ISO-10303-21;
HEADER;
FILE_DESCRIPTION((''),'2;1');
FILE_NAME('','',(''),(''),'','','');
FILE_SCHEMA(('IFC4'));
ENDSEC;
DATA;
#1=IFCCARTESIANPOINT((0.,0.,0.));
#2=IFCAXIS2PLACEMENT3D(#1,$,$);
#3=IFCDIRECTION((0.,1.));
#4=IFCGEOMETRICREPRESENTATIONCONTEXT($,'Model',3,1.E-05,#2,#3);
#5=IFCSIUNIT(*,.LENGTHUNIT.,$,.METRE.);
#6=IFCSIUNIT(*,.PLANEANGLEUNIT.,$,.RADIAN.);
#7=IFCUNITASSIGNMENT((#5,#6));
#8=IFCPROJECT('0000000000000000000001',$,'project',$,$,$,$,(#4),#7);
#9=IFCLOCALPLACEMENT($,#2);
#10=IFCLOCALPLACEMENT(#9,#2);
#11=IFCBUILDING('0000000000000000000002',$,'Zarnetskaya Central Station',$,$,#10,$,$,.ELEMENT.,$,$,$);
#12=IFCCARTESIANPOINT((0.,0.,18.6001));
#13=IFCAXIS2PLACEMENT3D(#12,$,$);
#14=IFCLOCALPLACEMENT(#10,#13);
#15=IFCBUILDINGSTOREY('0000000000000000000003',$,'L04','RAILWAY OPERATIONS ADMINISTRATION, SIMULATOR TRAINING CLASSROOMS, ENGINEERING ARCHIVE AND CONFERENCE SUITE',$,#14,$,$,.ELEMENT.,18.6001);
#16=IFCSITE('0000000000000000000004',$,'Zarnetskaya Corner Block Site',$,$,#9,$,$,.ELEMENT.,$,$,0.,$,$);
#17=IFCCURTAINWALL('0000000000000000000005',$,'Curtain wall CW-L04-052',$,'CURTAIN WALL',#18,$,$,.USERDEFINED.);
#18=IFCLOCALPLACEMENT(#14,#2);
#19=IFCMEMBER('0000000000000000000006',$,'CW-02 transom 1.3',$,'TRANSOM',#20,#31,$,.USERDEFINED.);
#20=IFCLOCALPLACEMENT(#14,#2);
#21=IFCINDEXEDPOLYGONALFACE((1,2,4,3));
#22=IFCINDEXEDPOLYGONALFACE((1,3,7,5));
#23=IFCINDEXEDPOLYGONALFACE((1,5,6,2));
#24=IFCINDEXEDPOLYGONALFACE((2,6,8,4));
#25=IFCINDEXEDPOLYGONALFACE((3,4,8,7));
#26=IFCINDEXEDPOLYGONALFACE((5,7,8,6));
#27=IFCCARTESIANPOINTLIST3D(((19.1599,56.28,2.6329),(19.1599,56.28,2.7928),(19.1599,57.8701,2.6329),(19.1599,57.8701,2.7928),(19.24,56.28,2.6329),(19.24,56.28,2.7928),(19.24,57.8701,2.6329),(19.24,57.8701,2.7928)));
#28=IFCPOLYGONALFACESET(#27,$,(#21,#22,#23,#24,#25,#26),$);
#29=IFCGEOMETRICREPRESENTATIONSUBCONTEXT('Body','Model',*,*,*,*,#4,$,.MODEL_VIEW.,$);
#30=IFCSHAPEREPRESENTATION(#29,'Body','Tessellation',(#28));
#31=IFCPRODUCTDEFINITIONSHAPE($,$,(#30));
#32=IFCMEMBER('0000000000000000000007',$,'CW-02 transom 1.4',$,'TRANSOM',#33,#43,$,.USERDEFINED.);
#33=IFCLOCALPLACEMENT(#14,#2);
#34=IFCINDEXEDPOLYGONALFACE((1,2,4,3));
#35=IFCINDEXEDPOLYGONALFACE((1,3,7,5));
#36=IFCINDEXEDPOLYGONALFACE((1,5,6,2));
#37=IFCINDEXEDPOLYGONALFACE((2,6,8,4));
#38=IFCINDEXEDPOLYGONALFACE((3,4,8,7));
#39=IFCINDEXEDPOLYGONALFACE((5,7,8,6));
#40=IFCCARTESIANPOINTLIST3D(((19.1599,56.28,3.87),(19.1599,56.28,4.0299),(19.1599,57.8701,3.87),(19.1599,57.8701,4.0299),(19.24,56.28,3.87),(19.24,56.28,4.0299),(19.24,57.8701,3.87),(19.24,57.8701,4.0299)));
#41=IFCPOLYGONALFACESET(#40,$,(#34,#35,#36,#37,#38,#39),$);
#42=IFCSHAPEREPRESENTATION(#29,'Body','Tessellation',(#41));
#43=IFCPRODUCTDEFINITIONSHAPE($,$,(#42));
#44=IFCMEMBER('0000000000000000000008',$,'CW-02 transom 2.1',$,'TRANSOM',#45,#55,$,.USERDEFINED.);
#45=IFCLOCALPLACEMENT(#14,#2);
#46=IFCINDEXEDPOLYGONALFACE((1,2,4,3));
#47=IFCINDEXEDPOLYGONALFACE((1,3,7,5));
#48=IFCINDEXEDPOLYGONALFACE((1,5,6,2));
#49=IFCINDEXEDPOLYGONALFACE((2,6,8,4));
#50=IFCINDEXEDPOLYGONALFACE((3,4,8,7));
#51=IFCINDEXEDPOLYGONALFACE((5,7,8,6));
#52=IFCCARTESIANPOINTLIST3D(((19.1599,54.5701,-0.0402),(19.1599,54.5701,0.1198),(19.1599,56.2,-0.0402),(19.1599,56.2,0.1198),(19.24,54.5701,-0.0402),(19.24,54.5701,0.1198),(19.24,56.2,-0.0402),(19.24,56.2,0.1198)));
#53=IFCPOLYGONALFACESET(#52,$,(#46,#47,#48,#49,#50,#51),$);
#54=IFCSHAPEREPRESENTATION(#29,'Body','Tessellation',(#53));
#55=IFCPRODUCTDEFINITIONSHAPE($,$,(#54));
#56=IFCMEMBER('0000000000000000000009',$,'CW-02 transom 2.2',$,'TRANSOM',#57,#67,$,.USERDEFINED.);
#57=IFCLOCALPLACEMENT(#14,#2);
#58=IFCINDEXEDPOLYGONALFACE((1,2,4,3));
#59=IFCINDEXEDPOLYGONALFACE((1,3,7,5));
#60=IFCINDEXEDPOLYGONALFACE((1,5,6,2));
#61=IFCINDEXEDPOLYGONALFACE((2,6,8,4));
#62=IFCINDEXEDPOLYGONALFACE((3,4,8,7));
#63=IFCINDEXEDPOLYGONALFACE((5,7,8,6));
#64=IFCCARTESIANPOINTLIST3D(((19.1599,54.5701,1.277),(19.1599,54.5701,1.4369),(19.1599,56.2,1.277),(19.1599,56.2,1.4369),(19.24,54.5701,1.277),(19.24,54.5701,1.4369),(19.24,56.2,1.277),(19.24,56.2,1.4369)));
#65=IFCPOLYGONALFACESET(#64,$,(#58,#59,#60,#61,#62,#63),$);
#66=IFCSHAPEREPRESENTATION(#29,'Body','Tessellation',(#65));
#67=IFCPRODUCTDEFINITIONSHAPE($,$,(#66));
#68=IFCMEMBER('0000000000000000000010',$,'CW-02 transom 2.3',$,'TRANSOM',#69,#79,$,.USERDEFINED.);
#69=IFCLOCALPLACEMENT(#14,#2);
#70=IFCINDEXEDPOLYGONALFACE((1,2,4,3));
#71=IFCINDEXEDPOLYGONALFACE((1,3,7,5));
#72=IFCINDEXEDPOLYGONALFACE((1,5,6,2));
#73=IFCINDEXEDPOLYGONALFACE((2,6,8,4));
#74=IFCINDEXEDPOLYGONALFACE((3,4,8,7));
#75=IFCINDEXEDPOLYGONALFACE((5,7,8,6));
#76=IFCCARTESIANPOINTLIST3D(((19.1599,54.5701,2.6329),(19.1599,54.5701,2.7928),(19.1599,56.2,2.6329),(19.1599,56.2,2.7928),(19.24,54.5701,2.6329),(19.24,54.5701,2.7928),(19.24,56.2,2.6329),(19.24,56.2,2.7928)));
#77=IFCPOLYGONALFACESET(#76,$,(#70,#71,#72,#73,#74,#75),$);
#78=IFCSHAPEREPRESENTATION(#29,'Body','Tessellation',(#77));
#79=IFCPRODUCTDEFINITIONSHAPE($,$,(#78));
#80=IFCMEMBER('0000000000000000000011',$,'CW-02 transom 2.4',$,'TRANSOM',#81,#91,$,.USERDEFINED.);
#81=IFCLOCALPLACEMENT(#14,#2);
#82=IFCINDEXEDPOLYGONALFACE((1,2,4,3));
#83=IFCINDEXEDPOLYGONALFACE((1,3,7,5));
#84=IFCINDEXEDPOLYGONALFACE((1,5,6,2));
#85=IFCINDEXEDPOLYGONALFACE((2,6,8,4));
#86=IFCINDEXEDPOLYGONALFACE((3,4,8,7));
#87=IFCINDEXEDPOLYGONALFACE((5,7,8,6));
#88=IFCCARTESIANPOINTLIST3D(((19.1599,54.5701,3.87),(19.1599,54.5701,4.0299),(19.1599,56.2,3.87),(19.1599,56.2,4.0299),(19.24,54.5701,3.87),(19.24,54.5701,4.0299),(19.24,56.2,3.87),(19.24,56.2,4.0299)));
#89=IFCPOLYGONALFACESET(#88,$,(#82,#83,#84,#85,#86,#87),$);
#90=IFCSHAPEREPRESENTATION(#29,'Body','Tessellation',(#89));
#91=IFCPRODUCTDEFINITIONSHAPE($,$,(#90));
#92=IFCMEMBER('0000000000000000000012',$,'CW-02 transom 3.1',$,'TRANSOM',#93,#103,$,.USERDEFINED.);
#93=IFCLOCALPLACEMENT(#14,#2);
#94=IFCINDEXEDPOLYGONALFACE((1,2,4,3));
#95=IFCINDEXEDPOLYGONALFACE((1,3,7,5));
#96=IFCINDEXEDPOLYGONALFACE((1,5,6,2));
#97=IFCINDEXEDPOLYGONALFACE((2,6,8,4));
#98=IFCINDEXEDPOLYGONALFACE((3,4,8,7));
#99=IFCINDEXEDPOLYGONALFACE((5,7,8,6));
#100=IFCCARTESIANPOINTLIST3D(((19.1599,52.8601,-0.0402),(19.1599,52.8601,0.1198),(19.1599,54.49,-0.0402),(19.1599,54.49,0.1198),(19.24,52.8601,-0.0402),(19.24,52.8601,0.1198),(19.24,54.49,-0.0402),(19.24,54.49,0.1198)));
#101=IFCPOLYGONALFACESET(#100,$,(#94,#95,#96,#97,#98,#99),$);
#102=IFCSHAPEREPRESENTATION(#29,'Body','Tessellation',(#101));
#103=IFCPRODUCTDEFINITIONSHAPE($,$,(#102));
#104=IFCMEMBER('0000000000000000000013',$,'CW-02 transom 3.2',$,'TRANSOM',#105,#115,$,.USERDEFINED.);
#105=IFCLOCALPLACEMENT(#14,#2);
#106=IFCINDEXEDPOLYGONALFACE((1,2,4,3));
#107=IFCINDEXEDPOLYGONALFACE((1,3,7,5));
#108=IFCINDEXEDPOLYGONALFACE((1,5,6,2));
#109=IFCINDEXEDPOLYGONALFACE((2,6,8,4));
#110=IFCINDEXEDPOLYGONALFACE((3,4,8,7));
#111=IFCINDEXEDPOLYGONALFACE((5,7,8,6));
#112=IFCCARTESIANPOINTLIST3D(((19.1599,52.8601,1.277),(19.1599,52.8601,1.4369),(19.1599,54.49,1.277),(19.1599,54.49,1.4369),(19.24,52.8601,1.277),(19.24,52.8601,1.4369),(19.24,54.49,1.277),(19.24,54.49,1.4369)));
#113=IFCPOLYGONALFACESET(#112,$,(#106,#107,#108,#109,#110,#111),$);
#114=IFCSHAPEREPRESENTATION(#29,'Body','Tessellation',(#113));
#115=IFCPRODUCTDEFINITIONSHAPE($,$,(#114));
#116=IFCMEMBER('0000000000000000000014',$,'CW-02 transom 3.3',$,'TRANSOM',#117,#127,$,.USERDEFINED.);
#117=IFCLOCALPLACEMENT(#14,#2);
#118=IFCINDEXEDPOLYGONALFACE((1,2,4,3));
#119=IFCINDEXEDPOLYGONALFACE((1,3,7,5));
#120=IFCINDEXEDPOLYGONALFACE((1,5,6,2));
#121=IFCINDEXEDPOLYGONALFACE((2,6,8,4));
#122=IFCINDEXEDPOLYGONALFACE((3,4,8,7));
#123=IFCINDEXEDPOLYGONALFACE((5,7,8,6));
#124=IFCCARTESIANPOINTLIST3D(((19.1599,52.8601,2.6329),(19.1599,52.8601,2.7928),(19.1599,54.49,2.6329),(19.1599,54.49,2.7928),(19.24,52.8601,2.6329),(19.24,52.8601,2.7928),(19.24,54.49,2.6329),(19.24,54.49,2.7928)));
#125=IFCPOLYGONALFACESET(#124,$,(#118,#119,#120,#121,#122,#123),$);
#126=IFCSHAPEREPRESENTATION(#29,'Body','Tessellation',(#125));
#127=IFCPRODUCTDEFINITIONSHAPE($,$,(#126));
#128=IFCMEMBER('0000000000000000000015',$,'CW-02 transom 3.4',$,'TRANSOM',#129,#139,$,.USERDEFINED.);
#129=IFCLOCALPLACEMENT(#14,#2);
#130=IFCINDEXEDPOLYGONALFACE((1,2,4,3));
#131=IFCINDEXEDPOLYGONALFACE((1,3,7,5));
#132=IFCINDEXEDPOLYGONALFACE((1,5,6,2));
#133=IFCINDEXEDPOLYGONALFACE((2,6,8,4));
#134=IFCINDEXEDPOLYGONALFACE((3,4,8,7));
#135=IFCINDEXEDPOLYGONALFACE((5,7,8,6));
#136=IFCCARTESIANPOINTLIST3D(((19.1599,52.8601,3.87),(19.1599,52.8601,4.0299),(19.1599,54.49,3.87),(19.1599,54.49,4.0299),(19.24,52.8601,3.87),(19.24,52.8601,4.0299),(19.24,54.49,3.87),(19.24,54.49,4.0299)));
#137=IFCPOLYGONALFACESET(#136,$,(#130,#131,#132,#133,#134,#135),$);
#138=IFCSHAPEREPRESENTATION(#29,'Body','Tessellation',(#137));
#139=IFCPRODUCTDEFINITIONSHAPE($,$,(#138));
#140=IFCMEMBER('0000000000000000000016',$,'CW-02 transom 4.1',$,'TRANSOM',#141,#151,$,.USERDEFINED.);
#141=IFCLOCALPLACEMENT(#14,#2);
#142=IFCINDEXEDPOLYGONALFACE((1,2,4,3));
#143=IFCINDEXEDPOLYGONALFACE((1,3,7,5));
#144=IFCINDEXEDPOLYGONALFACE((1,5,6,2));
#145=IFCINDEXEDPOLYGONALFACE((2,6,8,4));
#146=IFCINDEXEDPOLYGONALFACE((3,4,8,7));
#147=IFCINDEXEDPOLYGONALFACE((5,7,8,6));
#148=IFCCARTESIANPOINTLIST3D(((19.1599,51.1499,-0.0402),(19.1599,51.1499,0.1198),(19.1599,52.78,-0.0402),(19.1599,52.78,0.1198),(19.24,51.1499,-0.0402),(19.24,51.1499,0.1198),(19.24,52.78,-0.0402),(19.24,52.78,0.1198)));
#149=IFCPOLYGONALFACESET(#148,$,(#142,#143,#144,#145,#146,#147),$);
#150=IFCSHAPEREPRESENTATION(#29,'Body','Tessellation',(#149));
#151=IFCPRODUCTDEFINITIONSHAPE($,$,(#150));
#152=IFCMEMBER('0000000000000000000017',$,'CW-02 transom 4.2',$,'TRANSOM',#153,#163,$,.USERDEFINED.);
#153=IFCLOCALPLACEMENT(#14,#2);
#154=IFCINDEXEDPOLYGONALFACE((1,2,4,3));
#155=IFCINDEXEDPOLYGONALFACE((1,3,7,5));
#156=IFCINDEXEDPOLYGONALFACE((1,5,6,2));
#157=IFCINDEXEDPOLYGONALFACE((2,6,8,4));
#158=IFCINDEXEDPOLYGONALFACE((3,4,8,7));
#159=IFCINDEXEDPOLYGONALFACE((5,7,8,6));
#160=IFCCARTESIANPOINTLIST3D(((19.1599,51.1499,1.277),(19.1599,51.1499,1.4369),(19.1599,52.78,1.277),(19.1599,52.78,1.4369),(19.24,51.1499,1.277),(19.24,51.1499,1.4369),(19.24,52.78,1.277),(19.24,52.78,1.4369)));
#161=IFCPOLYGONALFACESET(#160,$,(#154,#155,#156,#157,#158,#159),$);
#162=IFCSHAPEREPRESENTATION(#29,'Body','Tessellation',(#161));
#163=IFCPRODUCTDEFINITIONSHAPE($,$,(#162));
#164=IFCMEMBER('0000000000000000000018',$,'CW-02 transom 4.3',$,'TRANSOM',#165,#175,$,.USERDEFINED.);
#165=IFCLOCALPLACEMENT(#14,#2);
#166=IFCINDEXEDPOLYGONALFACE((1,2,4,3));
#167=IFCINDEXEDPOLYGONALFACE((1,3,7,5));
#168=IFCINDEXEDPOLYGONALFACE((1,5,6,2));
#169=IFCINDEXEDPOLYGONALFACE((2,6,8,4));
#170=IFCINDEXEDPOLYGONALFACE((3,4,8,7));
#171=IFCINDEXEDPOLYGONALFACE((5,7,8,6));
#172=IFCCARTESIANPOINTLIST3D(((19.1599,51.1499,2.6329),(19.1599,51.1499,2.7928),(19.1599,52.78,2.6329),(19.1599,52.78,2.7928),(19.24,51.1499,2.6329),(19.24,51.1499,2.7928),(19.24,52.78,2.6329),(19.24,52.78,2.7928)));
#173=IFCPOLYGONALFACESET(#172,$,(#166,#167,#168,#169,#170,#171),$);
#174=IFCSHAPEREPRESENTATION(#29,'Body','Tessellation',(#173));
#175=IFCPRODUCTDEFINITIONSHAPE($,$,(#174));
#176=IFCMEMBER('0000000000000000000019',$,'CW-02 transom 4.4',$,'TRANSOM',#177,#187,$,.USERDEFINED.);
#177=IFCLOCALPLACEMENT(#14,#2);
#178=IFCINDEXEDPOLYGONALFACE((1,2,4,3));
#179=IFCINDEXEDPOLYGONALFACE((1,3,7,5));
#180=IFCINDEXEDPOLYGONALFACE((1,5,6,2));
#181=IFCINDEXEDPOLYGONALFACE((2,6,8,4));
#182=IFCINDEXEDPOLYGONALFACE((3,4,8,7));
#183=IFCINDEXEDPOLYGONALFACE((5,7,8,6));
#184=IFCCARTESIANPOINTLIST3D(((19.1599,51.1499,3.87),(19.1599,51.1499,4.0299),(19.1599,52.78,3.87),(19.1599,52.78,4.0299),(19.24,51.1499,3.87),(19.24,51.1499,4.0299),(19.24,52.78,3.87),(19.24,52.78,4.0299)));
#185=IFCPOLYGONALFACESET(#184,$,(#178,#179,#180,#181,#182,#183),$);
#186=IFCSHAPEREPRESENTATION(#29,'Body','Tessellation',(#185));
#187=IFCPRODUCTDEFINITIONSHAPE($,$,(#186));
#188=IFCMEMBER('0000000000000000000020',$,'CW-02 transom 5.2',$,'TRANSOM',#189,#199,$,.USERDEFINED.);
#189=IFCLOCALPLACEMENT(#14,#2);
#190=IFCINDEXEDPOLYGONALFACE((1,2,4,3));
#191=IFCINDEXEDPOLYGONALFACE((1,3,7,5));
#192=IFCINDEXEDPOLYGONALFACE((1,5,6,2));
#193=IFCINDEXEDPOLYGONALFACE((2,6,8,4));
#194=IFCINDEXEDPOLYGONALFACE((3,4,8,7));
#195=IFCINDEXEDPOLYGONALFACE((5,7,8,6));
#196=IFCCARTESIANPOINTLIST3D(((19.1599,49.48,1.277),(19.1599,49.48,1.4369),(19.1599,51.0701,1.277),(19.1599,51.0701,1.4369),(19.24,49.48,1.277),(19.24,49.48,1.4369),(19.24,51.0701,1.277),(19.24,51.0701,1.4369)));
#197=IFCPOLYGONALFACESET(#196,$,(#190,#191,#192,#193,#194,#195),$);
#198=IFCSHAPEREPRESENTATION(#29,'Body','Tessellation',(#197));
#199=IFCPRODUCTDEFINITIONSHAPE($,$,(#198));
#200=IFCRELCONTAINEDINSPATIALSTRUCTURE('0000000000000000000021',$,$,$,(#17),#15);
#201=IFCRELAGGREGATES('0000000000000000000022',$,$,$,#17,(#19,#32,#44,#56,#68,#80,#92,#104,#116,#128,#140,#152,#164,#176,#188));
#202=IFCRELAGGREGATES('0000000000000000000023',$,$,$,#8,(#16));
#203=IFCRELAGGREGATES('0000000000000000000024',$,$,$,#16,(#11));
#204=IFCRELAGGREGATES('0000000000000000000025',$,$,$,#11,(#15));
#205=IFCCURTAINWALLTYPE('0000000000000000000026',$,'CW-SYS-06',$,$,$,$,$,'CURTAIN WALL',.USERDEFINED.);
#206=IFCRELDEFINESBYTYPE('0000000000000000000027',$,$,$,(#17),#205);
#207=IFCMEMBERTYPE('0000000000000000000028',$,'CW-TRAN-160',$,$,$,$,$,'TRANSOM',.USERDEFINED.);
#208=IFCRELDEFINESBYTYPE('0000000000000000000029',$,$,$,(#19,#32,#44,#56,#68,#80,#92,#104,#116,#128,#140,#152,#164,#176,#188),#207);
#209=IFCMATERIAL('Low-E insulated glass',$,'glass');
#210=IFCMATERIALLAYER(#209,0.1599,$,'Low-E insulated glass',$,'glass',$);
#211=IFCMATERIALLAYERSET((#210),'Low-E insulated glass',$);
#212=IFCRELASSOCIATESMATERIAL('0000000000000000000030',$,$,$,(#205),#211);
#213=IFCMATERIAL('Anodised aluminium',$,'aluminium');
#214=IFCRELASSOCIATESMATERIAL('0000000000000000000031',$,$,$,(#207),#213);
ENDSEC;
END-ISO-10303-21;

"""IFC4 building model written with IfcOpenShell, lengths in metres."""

from ifc_helpers import new_model, si_unit, direction, frame, origin, origin_2d, place, context, subcontext, project, spatial, rectangle, extrude, material, layer, layer_set, material_profile, profile_set, type_object, element, aggregate, save


model = new_model("IFC4")

# Units and contexts
model_context = context("Model", 3, precision=1e-05, world=origin(), true_north=direction((0.0, 1.0)))
body_context = subcontext(model_context, "Body", "Model", "MODEL_VIEW")
ifc_project = project(units=[si_unit("LENGTHUNIT", "METRE"), si_unit("PLANEANGLEUNIT", "RADIAN")], contexts=[model_context])

# Site, building, storey
site_placement = place(None, origin())
site = spatial("IfcSite", under=ifc_project, at=site_placement, Name="Zarnetskaya Corner Block Site", CompositionType="ELEMENT", RefElevation=0.0)
building_placement = place(site_placement, origin())
building = spatial("IfcBuilding", under=site, at=building_placement, Name="Zarnetskaya Central Station", CompositionType="ELEMENT")
storey_placement = place(building_placement, frame((0.0, 0.0, 18.6001)))
storey = spatial("IfcBuildingStorey", under=building, at=storey_placement, Name="L04", Description="RAILWAY OPERATIONS ADMINISTRATION, SIMULATOR TRAINING CLASSROOMS, ENGINEERING ARCHIVE AND CONFERENCE SUITE", CompositionType="ELEMENT", Elevation=18.6001)

# Curtain wall, members
ifc_material_1 = material(Name="Low-E insulated glass", Category="glass")
ifc_layer_1 = layer(ifc_material_1, 0.1599, Name="Low-E insulated glass", Category="glass")
ifc_layer_set_1 = layer_set([ifc_layer_1], Name="Low-E insulated glass")
curtain_wall_type = type_object("IfcCurtainWallType", Name="CW-SYS-06", ElementType="CURTAIN WALL", PredefinedType="USERDEFINED", material=ifc_layer_set_1)
curtain_wall_placement = place(storey_placement, origin())
curtain_wall = element("IfcCurtainWall", 1, at=curtain_wall_placement, inside=storey, type_object=curtain_wall_type, Name="Curtain wall CW-L04-052", ObjectType="CURTAIN WALL", PredefinedType="USERDEFINED")
ifc_material_2 = material(Name="Anodised aluminium", Category="aluminium")
ifc_material_profile_1 = material_profile(ifc_material_2, rectangle(XDim=0.0801, YDim=0.1599, at=origin_2d()), Name="ALU TRAN 80x160")
ifc_profile_set_1 = profile_set([ifc_material_profile_1], Name="Anodised aluminium")
member_type_1 = type_object("IfcMemberType", Name="CW-TRAN-160", ElementType="TRANSOM", PredefinedType="USERDEFINED", material=ifc_profile_set_1)
member_1_placement = place(storey_placement, frame((19.2, 57.8701, 2.7129), z_axis=(0.0, -1.0, 0.0), x_axis=(1.0, 0.0, 0.0)))
member_1 = element("IfcMember", 2, at=member_1_placement, type_object=member_type_1, Name="CW-02 transom 1.3", ObjectType="TRANSOM", PredefinedType="USERDEFINED", context=body_context, shape_type="SweptSolid", body=[
    extrude(rectangle(XDim=0.0801, YDim=0.1599, at=origin_2d()), origin(), (0.0, 0.0, 1.0), 1.5901),
])
member_2_placement = place(storey_placement, frame((19.2, 57.8701, 3.95), z_axis=(0.0, -1.0, 0.0), x_axis=(1.0, 0.0, 0.0)))
member_2 = element("IfcMember", 3, at=member_2_placement, type_object=member_type_1, Name="CW-02 transom 1.4", ObjectType="TRANSOM", PredefinedType="USERDEFINED", context=body_context, shape_type="SweptSolid", body=[
    extrude(rectangle(XDim=0.0801, YDim=0.1599, at=origin_2d()), origin(), (0.0, 0.0, 1.0), 1.5901),
])
member_3_placement = place(storey_placement, frame((19.2, 56.2, 0.0398), z_axis=(0.0, -1.0, 0.0), x_axis=(1.0, 0.0, 0.0)))
member_3 = element("IfcMember", 4, at=member_3_placement, type_object=member_type_1, Name="CW-02 transom 2.1", ObjectType="TRANSOM", PredefinedType="USERDEFINED", context=body_context, shape_type="SweptSolid", body=[
    extrude(rectangle(XDim=0.0801, YDim=0.1599, at=origin_2d()), origin(), (0.0, 0.0, 1.0), 1.6299),
])
member_4_placement = place(storey_placement, frame((19.2, 56.2, 1.3569), z_axis=(0.0, -1.0, 0.0), x_axis=(1.0, 0.0, 0.0)))
member_4 = element("IfcMember", 5, at=member_4_placement, type_object=member_type_1, Name="CW-02 transom 2.2", ObjectType="TRANSOM", PredefinedType="USERDEFINED", context=body_context, shape_type="SweptSolid", body=[
    extrude(rectangle(XDim=0.0801, YDim=0.1599, at=origin_2d()), origin(), (0.0, 0.0, 1.0), 1.6299),
])
member_5_placement = place(storey_placement, frame((19.2, 56.2, 2.7129), z_axis=(0.0, -1.0, 0.0), x_axis=(1.0, 0.0, 0.0)))
member_5 = element("IfcMember", 6, at=member_5_placement, type_object=member_type_1, Name="CW-02 transom 2.3", ObjectType="TRANSOM", PredefinedType="USERDEFINED", context=body_context, shape_type="SweptSolid", body=[
    extrude(rectangle(XDim=0.0801, YDim=0.1599, at=origin_2d()), origin(), (0.0, 0.0, 1.0), 1.6299),
])
member_6_placement = place(storey_placement, frame((19.2, 56.2, 3.95), z_axis=(0.0, -1.0, 0.0), x_axis=(1.0, 0.0, 0.0)))
member_6 = element("IfcMember", 7, at=member_6_placement, type_object=member_type_1, Name="CW-02 transom 2.4", ObjectType="TRANSOM", PredefinedType="USERDEFINED", context=body_context, shape_type="SweptSolid", body=[
    extrude(rectangle(XDim=0.0801, YDim=0.1599, at=origin_2d()), origin(), (0.0, 0.0, 1.0), 1.6299),
])
member_7_placement = place(storey_placement, frame((19.2, 54.49, 0.0398), z_axis=(0.0, -1.0, 0.0), x_axis=(1.0, 0.0, 0.0)))
member_7 = element("IfcMember", 8, at=member_7_placement, type_object=member_type_1, Name="CW-02 transom 3.1", ObjectType="TRANSOM", PredefinedType="USERDEFINED", context=body_context, shape_type="SweptSolid", body=[
    extrude(rectangle(XDim=0.0801, YDim=0.1599, at=origin_2d()), origin(), (0.0, 0.0, 1.0), 1.6299),
])
member_8_placement = place(storey_placement, frame((19.2, 54.49, 1.3569), z_axis=(0.0, -1.0, 0.0), x_axis=(1.0, 0.0, 0.0)))
member_8 = element("IfcMember", 9, at=member_8_placement, type_object=member_type_1, Name="CW-02 transom 3.2", ObjectType="TRANSOM", PredefinedType="USERDEFINED", context=body_context, shape_type="SweptSolid", body=[
    extrude(rectangle(XDim=0.0801, YDim=0.1599, at=origin_2d()), origin(), (0.0, 0.0, 1.0), 1.6299),
])
member_9_placement = place(storey_placement, frame((19.2, 54.49, 2.7129), z_axis=(0.0, -1.0, 0.0), x_axis=(1.0, 0.0, 0.0)))
member_9 = element("IfcMember", 10, at=member_9_placement, type_object=member_type_1, Name="CW-02 transom 3.3", ObjectType="TRANSOM", PredefinedType="USERDEFINED", context=body_context, shape_type="SweptSolid", body=[
    extrude(rectangle(XDim=0.0801, YDim=0.1599, at=origin_2d()), origin(), (0.0, 0.0, 1.0), 1.6299),
])
member_10_placement = place(storey_placement, frame((19.2, 54.49, 3.95), z_axis=(0.0, -1.0, 0.0), x_axis=(1.0, 0.0, 0.0)))
member_10 = element("IfcMember", 11, at=member_10_placement, type_object=member_type_1, Name="CW-02 transom 3.4", ObjectType="TRANSOM", PredefinedType="USERDEFINED", context=body_context, shape_type="SweptSolid", body=[
    extrude(rectangle(XDim=0.0801, YDim=0.1599, at=origin_2d()), origin(), (0.0, 0.0, 1.0), 1.6299),
])
member_11_placement = place(storey_placement, frame((19.2, 52.78, 0.0398), z_axis=(0.0, -1.0, 0.0), x_axis=(1.0, 0.0, 0.0)))
member_11 = element("IfcMember", 12, at=member_11_placement, type_object=member_type_1, Name="CW-02 transom 4.1", ObjectType="TRANSOM", PredefinedType="USERDEFINED", context=body_context, shape_type="SweptSolid", body=[
    extrude(rectangle(XDim=0.0801, YDim=0.1599, at=origin_2d()), origin(), (0.0, 0.0, 1.0), 1.6301),
])
member_12_placement = place(storey_placement, frame((19.2, 52.78, 1.3569), z_axis=(0.0, -1.0, 0.0), x_axis=(1.0, 0.0, 0.0)))
member_12 = element("IfcMember", 13, at=member_12_placement, type_object=member_type_1, Name="CW-02 transom 4.2", ObjectType="TRANSOM", PredefinedType="USERDEFINED", context=body_context, shape_type="SweptSolid", body=[
    extrude(rectangle(XDim=0.0801, YDim=0.1599, at=origin_2d()), origin(), (0.0, 0.0, 1.0), 1.6301),
])
member_13_placement = place(storey_placement, frame((19.2, 52.78, 2.7129), z_axis=(0.0, -1.0, 0.0), x_axis=(1.0, 0.0, 0.0)))
member_13 = element("IfcMember", 14, at=member_13_placement, type_object=member_type_1, Name="CW-02 transom 4.3", ObjectType="TRANSOM", PredefinedType="USERDEFINED", context=body_context, shape_type="SweptSolid", body=[
    extrude(rectangle(XDim=0.0801, YDim=0.1599, at=origin_2d()), origin(), (0.0, 0.0, 1.0), 1.6301),
])
member_14_placement = place(storey_placement, frame((19.2, 52.78, 3.95), z_axis=(0.0, -1.0, 0.0), x_axis=(1.0, 0.0, 0.0)))
member_14 = element("IfcMember", 15, at=member_14_placement, type_object=member_type_1, Name="CW-02 transom 4.4", ObjectType="TRANSOM", PredefinedType="USERDEFINED", context=body_context, shape_type="SweptSolid", body=[
    extrude(rectangle(XDim=0.0801, YDim=0.1599, at=origin_2d()), origin(), (0.0, 0.0, 1.0), 1.6301),
])
member_15_placement = place(storey_placement, frame((19.2, 51.0701, 1.3569), z_axis=(0.0, -1.0, 0.0), x_axis=(1.0, 0.0, 0.0)))
member_15 = element("IfcMember", 16, at=member_15_placement, type_object=member_type_1, Name="CW-02 transom 5.2", ObjectType="TRANSOM", PredefinedType="USERDEFINED", context=body_context, shape_type="SweptSolid", body=[
    extrude(rectangle(XDim=0.0801, YDim=0.1599, at=origin_2d()), origin(), (0.0, 0.0, 1.0), 1.5901),
])

aggregate(curtain_wall, [member_1, member_2, member_3, member_4, member_5, member_6, member_7, member_8, member_9, member_10, member_11, member_12, member_13, member_14, member_15])

save(model, "model.ifc")
